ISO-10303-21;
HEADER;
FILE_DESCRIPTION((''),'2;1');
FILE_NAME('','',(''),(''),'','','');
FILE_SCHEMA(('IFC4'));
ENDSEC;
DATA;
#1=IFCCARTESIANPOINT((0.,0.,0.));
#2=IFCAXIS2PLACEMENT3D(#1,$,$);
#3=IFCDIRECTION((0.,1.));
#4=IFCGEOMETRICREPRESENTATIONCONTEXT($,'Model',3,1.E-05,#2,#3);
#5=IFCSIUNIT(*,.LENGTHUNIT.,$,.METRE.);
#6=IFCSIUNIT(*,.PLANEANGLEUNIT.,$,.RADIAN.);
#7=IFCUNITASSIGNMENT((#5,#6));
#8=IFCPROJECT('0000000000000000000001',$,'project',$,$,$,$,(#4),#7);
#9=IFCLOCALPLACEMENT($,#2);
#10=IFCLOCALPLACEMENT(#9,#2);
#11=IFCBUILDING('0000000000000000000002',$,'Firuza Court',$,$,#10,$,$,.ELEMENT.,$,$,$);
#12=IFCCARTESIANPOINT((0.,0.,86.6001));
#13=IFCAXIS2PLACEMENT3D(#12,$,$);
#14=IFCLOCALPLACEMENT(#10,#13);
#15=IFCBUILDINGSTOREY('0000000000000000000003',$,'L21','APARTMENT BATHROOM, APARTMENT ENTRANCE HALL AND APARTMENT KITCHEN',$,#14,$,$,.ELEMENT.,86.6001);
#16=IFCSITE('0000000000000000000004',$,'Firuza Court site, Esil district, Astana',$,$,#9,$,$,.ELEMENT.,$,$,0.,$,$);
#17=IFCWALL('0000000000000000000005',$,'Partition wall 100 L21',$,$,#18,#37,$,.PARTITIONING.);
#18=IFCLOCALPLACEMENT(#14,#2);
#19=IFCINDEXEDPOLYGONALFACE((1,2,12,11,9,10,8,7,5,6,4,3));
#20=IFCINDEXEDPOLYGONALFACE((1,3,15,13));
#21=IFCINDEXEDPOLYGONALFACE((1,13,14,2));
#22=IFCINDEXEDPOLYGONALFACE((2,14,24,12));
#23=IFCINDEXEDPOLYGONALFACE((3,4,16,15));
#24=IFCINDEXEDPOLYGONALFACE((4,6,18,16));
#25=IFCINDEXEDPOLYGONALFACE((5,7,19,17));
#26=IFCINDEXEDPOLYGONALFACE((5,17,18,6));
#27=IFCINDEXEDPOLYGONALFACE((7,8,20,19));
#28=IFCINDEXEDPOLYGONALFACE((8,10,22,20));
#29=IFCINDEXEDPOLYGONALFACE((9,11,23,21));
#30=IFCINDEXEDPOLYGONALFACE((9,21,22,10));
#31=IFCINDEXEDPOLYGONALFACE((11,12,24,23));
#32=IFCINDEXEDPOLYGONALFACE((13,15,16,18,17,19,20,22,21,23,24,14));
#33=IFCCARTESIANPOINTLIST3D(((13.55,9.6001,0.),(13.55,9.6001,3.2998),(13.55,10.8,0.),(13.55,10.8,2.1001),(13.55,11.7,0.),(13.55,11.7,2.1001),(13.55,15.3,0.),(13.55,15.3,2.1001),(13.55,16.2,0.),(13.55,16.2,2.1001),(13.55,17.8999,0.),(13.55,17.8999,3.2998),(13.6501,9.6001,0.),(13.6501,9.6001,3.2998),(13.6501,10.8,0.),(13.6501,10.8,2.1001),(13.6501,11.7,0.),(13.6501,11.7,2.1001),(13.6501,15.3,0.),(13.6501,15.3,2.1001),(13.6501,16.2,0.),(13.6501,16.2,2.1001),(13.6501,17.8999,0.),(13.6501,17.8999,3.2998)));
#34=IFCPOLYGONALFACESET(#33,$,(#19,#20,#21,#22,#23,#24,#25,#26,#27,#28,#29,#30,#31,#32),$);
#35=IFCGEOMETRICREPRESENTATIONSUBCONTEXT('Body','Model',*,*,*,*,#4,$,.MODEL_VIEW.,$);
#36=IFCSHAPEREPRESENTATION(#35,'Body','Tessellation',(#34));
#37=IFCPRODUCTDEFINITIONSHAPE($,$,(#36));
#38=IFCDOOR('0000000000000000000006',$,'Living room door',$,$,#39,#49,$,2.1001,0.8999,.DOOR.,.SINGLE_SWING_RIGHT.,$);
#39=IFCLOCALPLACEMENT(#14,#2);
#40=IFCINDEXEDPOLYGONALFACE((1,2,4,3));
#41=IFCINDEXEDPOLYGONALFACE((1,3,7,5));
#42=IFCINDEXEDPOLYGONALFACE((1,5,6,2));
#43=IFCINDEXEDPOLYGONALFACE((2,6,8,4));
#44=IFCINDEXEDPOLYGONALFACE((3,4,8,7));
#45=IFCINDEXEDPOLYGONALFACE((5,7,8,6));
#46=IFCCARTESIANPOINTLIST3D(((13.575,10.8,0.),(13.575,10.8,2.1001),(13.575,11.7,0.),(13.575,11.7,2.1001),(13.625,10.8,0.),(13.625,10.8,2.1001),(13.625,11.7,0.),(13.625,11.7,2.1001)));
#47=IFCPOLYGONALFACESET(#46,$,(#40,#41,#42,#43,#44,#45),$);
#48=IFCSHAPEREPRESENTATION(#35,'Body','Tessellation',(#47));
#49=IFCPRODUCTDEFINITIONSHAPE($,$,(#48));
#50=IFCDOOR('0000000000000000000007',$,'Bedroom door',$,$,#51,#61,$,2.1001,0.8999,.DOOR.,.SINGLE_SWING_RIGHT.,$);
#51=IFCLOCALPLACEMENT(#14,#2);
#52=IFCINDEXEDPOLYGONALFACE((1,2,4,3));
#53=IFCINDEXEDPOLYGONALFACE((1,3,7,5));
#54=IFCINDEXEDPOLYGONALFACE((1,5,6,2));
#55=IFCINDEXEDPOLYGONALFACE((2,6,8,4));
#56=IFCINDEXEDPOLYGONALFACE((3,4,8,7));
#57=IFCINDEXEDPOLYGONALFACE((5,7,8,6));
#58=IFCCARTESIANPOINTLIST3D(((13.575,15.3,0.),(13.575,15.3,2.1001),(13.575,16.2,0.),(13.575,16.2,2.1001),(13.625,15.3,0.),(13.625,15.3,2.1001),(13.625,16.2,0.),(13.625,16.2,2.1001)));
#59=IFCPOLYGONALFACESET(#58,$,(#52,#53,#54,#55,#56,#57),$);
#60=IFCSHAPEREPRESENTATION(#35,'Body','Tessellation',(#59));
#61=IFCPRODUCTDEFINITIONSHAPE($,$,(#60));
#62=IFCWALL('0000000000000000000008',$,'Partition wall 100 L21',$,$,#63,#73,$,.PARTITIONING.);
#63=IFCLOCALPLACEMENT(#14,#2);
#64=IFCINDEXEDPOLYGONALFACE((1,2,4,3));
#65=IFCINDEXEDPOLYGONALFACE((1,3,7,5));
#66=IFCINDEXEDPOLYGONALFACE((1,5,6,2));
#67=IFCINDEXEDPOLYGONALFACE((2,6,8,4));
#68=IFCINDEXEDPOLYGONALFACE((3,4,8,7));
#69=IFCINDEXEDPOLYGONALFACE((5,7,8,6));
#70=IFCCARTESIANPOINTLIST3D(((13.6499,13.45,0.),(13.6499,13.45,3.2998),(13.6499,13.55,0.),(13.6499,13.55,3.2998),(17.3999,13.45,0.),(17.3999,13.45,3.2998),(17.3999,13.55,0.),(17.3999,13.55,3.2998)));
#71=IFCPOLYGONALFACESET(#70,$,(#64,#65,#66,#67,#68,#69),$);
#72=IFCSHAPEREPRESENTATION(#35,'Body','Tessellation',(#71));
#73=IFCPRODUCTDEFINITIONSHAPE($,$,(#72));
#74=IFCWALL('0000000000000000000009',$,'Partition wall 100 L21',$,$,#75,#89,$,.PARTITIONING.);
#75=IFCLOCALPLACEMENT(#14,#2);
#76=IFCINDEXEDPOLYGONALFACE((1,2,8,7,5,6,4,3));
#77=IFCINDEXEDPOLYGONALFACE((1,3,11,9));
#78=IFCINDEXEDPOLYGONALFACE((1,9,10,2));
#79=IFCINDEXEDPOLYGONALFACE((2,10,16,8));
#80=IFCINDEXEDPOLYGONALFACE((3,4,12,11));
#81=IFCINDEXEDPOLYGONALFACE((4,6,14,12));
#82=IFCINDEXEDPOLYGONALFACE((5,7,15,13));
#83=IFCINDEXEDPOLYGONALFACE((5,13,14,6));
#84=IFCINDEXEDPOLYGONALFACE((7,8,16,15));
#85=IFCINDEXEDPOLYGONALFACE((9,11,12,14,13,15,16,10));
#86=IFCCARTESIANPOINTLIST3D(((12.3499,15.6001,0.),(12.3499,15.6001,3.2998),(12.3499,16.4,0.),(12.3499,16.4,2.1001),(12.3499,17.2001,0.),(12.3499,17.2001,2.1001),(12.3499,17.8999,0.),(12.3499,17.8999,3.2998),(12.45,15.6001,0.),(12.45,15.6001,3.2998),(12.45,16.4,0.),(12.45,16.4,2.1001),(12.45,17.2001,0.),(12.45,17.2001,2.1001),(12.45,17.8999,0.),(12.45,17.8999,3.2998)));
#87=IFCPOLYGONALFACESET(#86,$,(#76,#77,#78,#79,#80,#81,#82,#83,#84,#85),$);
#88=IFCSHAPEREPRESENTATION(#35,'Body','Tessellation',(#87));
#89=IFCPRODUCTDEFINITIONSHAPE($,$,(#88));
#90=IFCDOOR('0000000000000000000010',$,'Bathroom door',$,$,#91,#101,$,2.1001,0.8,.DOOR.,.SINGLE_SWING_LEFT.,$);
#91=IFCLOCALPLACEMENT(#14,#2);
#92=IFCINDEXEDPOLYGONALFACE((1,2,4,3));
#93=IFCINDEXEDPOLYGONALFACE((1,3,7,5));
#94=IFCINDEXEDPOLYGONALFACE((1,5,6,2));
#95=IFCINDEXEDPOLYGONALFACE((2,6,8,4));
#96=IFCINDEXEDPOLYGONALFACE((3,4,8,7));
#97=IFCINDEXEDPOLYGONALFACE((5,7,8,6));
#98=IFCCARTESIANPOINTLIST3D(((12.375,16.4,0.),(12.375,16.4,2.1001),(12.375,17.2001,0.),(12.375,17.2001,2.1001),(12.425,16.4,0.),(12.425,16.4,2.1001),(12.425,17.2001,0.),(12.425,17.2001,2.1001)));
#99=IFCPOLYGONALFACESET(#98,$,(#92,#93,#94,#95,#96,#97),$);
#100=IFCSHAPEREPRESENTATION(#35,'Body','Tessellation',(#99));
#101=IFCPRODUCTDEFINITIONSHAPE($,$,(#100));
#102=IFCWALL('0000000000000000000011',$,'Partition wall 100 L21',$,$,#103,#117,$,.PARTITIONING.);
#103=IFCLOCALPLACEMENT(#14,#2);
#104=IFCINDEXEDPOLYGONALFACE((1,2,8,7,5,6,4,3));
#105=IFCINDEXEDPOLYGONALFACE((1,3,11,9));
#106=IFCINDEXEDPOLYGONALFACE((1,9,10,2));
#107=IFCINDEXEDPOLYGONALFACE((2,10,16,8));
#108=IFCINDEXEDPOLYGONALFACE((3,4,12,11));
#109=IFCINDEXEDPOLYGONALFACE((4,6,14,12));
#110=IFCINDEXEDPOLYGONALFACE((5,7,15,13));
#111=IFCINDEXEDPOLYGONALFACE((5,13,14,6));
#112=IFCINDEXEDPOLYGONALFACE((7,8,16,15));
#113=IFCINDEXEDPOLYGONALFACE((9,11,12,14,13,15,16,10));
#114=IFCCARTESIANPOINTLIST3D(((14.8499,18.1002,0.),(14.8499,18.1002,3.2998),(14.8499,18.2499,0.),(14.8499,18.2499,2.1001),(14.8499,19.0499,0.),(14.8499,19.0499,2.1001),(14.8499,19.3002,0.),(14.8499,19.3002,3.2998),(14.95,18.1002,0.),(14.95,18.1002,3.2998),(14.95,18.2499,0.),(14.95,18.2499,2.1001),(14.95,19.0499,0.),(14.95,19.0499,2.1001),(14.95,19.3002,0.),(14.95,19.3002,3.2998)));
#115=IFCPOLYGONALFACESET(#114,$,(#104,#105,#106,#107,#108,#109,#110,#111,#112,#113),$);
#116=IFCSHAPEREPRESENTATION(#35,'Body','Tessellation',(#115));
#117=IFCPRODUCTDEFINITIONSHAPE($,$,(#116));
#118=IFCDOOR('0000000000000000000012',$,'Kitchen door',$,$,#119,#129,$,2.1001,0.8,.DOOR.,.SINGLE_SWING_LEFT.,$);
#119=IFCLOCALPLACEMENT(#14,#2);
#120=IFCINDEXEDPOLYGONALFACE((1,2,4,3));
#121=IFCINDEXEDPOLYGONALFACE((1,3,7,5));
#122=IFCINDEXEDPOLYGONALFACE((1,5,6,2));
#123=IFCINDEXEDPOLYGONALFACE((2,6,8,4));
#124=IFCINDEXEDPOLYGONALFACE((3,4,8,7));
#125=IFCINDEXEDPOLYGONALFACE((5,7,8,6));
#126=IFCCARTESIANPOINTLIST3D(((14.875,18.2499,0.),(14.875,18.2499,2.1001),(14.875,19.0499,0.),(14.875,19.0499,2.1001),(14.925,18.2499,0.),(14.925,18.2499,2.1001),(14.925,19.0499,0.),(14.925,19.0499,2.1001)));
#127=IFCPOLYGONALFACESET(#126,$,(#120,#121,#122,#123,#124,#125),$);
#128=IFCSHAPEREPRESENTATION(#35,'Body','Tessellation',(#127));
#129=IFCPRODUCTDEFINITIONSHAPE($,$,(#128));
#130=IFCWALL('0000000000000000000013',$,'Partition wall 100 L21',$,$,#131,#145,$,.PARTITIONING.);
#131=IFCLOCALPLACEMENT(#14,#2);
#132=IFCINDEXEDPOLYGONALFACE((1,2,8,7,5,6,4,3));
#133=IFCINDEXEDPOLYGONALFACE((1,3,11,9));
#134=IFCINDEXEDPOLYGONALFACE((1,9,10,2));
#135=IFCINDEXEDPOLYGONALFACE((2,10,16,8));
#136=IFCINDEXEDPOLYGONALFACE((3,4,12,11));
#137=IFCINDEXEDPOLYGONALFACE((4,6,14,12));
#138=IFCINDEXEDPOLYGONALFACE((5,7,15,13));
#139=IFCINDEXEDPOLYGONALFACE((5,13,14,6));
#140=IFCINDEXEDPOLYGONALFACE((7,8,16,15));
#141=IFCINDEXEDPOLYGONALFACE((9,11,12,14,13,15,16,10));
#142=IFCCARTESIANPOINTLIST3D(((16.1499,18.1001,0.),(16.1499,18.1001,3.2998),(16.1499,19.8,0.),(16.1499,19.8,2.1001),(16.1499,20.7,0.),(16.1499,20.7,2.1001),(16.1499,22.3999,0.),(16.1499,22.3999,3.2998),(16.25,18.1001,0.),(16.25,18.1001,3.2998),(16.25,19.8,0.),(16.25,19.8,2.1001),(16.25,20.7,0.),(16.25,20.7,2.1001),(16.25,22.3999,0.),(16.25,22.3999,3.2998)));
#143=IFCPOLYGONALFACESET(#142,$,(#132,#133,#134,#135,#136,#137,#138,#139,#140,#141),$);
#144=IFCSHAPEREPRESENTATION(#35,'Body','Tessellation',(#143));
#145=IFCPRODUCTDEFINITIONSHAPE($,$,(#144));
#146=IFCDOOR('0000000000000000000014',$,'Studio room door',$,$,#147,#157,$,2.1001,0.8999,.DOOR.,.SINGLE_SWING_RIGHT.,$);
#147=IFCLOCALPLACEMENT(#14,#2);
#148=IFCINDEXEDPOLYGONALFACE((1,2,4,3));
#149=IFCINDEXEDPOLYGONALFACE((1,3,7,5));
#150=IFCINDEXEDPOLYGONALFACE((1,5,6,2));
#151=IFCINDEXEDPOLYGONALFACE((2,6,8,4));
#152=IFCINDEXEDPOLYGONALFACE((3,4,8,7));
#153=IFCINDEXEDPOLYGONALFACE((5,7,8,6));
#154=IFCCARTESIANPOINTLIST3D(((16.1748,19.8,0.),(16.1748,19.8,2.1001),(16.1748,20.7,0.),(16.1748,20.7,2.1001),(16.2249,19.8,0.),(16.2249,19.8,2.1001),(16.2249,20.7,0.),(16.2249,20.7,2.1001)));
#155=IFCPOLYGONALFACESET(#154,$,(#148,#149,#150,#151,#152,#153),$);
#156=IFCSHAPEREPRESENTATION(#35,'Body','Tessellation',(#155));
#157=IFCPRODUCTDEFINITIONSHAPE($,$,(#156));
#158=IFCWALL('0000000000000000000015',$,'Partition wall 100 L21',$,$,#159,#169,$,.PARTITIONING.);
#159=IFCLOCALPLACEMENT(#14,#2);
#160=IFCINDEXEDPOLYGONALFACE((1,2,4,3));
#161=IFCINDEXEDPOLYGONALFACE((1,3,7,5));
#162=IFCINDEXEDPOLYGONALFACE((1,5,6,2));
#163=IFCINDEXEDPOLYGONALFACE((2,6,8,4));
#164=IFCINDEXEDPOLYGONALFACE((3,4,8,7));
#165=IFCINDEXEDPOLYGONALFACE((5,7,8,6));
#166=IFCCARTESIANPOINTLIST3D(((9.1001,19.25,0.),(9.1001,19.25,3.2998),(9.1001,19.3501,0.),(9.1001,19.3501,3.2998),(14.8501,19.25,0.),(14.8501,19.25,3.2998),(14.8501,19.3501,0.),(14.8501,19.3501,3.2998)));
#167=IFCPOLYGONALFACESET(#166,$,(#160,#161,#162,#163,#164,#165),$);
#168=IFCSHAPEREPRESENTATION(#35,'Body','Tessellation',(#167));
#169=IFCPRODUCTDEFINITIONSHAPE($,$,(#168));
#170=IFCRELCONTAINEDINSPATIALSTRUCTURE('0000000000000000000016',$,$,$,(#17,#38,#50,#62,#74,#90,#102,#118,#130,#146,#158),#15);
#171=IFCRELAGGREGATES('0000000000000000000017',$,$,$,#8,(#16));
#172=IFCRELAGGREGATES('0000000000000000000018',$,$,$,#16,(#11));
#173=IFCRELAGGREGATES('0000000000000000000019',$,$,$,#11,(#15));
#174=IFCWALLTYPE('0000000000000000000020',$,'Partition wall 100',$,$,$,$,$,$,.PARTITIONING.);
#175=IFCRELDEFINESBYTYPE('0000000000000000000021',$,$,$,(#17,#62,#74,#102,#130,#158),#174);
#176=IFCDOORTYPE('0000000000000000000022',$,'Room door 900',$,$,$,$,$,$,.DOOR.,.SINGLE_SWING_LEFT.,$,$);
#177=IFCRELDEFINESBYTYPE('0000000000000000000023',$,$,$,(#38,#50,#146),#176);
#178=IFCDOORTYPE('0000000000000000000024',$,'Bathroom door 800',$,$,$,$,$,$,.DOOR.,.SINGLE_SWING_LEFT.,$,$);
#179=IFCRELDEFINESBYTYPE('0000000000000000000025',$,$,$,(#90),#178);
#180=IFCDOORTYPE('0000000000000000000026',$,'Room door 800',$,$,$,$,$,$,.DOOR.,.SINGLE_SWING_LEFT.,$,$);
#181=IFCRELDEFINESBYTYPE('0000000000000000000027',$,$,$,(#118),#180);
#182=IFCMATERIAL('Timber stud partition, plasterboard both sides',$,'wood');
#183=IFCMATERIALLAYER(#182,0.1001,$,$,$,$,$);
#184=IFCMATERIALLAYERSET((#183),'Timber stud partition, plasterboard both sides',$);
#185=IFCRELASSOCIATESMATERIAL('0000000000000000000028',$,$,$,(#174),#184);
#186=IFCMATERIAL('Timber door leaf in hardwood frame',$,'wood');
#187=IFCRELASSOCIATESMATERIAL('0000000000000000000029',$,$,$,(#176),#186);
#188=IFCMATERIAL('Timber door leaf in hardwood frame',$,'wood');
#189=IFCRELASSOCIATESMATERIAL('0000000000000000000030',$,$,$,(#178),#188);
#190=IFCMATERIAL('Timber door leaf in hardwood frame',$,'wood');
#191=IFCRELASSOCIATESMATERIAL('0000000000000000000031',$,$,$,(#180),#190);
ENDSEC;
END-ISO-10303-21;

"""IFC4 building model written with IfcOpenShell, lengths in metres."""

from ifc_helpers import new_model, si_unit, direction, frame, frame_2d, origin, place, context, subcontext, project, spatial, rectangle, extrude, material, layer, layer_set, type_object, element, fill, save


model = new_model("IFC4")

# Units and contexts
model_context = context("Model", 3, precision=1e-05, world=origin(), true_north=direction((0.0, 1.0)))
body_context = subcontext(model_context, "Body", "Model", "MODEL_VIEW")
ifc_project = project(units=[si_unit("LENGTHUNIT", "METRE"), si_unit("PLANEANGLEUNIT", "RADIAN")], contexts=[model_context])

# Site, building, storey
site_placement = place(None, origin())
site = spatial("IfcSite", under=ifc_project, at=site_placement, Name="Firuza Court site, Esil district, Astana", CompositionType="ELEMENT", RefElevation=0.0)
building_placement = place(site_placement, origin())
building = spatial("IfcBuilding", under=site, at=building_placement, Name="Firuza Court", CompositionType="ELEMENT")
storey_placement = place(building_placement, frame((0.0, 0.0, 86.6001)))
storey = spatial("IfcBuildingStorey", under=building, at=storey_placement, Name="L21", Description="APARTMENT BATHROOM, APARTMENT ENTRANCE HALL AND APARTMENT KITCHEN", CompositionType="ELEMENT", Elevation=86.6001)

# Shared definitions
ifc_material_1 = material(Name="Timber stud partition, plasterboard both sides", Category="wood")
ifc_layer_1 = layer(ifc_material_1, 0.1001)
ifc_layer_set_1 = layer_set([ifc_layer_1], Name="Timber stud partition, plasterboard both sides")
wall_type_1 = type_object("IfcWallType", Name="Partition wall 100", PredefinedType="PARTITIONING", material=ifc_layer_set_1)
ifc_material_2 = material(Name="Timber door leaf in hardwood frame", Category="wood")
door_type_1 = type_object("IfcDoorType", Name="Room door 900", OperationType="SINGLE_SWING_LEFT", PredefinedType="DOOR", material=ifc_material_2)

# Wall, openings, doors
wall_1_placement = place(storey_placement, frame((13.6001, 9.6001, 0.0), z_axis=(0.0, 0.0, 1.0), x_axis=(0.0, 1.0, 0.0)))
wall_1 = element("IfcWall", 1, at=wall_1_placement, inside=storey, type_object=wall_type_1, Name="Partition wall 100 L21", PredefinedType="PARTITIONING", context=body_context, shape_type="SweptSolid", body=[
    extrude(rectangle(XDim=8.2998, YDim=0.1001, at=frame_2d((4.1499, 0.0))), origin(), (0.0, 0.0, 1.0), 3.2998),
])
opening_1_placement = place(wall_1_placement, frame((1.2, 0.0, 0.0)))
opening_1 = element("IfcOpeningElement", 2, at=opening_1_placement, cuts=wall_1, PredefinedType="OPENING", context=body_context, shape_type="SweptSolid", body=[
    extrude(rectangle(XDim=0.8999, YDim=2.1001, at=frame_2d((0.45, 1.05))), frame((0.0, 0.062, 0.0), z_axis=(0.0, -1.0, 0.0), x_axis=(1.0, 0.0, 0.0)), (0.0, 0.0, 1.0), 0.124),
])
opening_2_placement = place(wall_1_placement, frame((5.7, 0.0, 0.0)))
opening_2 = element("IfcOpeningElement", 3, at=opening_2_placement, cuts=wall_1, PredefinedType="OPENING", context=body_context, shape_type="SweptSolid", body=[
    extrude(rectangle(XDim=0.8999, YDim=2.1001, at=frame_2d((0.45, 1.05))), frame((0.0, 0.062, 0.0), z_axis=(0.0, -1.0, 0.0), x_axis=(1.0, 0.0, 0.0)), (0.0, 0.0, 1.0), 0.124),
])
door_1_placement = place(opening_1_placement, frame((0.8999, 0.0, 0.0), z_axis=(0.0, 0.0, 1.0), x_axis=(-1.0, 0.0, 0.0)))
door_1 = element("IfcDoor", 4, at=door_1_placement, inside=storey, type_object=door_type_1, Name="Living room door", OperationType="SINGLE_SWING_RIGHT", OverallHeight=2.1001, OverallWidth=0.8999, PredefinedType="DOOR", context=body_context, shape_type="SweptSolid", body=[
    extrude(rectangle(XDim=0.8999, YDim=2.1001, at=frame_2d((0.45, 1.05))), frame((0.0, 0.0249, 0.0), z_axis=(0.0, -1.0, 0.0), x_axis=(1.0, 0.0, 0.0)), (0.0, 0.0, 1.0), 0.05),
])
fill(opening_1, door_1)
door_2_placement = place(opening_2_placement, frame((0.8999, 0.0, 0.0), z_axis=(0.0, 0.0, 1.0), x_axis=(-1.0, 0.0, 0.0)))
door_2 = element("IfcDoor", 5, at=door_2_placement, inside=storey, type_object=door_type_1, Name="Bedroom door", OperationType="SINGLE_SWING_RIGHT", OverallHeight=2.1001, OverallWidth=0.8999, PredefinedType="DOOR", context=body_context, shape_type="SweptSolid", body=[
    extrude(rectangle(XDim=0.8999, YDim=2.1001, at=frame_2d((0.45, 1.05))), frame((0.0, 0.0249, 0.0), z_axis=(0.0, -1.0, 0.0), x_axis=(1.0, 0.0, 0.0)), (0.0, 0.0, 1.0), 0.05),
])
fill(opening_2, door_2)

# Wall
wall_2_placement = place(storey_placement, frame((13.6499, 13.5, 0.0), z_axis=(0.0, 0.0, 1.0), x_axis=(1.0, 0.0, 0.0)))
element("IfcWall", 6, at=wall_2_placement, inside=storey, type_object=wall_type_1, Name="Partition wall 100 L21", PredefinedType="PARTITIONING", context=body_context, shape_type="SweptSolid", body=[
    extrude(rectangle(XDim=3.75, YDim=0.1001, at=frame_2d((1.875, 0.0))), origin(), (0.0, 0.0, 1.0), 3.2998),
])

# Walls, openings, doors
wall_3_placement = place(storey_placement, frame((12.3999, 15.6001, 0.0), z_axis=(0.0, 0.0, 1.0), x_axis=(0.0, 1.0, 0.0)))
wall_3 = element("IfcWall", 7, at=wall_3_placement, inside=storey, type_object=wall_type_1, Name="Partition wall 100 L21", PredefinedType="PARTITIONING", context=body_context, shape_type="SweptSolid", body=[
    extrude(rectangle(XDim=2.2998, YDim=0.1001, at=frame_2d((1.1499, 0.0))), origin(), (0.0, 0.0, 1.0), 3.2998),
])
opening_3_placement = place(wall_3_placement, frame((0.8, 0.0, 0.0)))
opening_3 = element("IfcOpeningElement", 8, at=opening_3_placement, cuts=wall_3, PredefinedType="OPENING", context=body_context, shape_type="SweptSolid", body=[
    extrude(rectangle(XDim=0.8, YDim=2.1001, at=frame_2d((0.3999, 1.05))), frame((0.0, 0.062, 0.0), z_axis=(0.0, -1.0, 0.0), x_axis=(1.0, 0.0, 0.0)), (0.0, 0.0, 1.0), 0.124),
])
ifc_material_3 = material(Name="Timber door leaf in hardwood frame", Category="wood")
door_type_2 = type_object("IfcDoorType", Name="Bathroom door 800", OperationType="SINGLE_SWING_LEFT", PredefinedType="DOOR", material=ifc_material_3)
door_3_placement = place(opening_3_placement, origin())
door_3 = element("IfcDoor", 9, at=door_3_placement, inside=storey, type_object=door_type_2, Name="Bathroom door", OperationType="SINGLE_SWING_LEFT", OverallHeight=2.1001, OverallWidth=0.8, PredefinedType="DOOR", context=body_context, shape_type="SweptSolid", body=[
    extrude(rectangle(XDim=0.8, YDim=2.1001, at=frame_2d((0.3999, 1.05))), frame((0.0, 0.0249, 0.0), z_axis=(0.0, -1.0, 0.0), x_axis=(1.0, 0.0, 0.0)), (0.0, 0.0, 1.0), 0.05),
])
fill(opening_3, door_3)
wall_4_placement = place(storey_placement, frame((14.8999, 18.1001, 0.0), z_axis=(0.0, 0.0, 1.0), x_axis=(0.0, 1.0, 0.0)))
wall_4 = element("IfcWall", 10, at=wall_4_placement, inside=storey, type_object=wall_type_1, Name="Partition wall 100 L21", PredefinedType="PARTITIONING", context=body_context, shape_type="SweptSolid", body=[
    extrude(rectangle(XDim=1.2, YDim=0.1001, at=frame_2d((0.6001, 0.0))), origin(), (0.0, 0.0, 1.0), 3.2998),
])
opening_4_placement = place(wall_4_placement, frame((0.1499, 0.0, 0.0)))
opening_4 = element("IfcOpeningElement", 11, at=opening_4_placement, cuts=wall_4, PredefinedType="OPENING", context=body_context, shape_type="SweptSolid", body=[
    extrude(rectangle(XDim=0.8, YDim=2.1001, at=frame_2d((0.3999, 1.05))), frame((0.0, 0.062, 0.0), z_axis=(0.0, -1.0, 0.0), x_axis=(1.0, 0.0, 0.0)), (0.0, 0.0, 1.0), 0.124),
])
ifc_material_4 = material(Name="Timber door leaf in hardwood frame", Category="wood")
door_type_3 = type_object("IfcDoorType", Name="Room door 800", OperationType="SINGLE_SWING_LEFT", PredefinedType="DOOR", material=ifc_material_4)
door_4_placement = place(opening_4_placement, origin())
door_4 = element("IfcDoor", 12, at=door_4_placement, inside=storey, type_object=door_type_3, Name="Kitchen door", OperationType="SINGLE_SWING_LEFT", OverallHeight=2.1001, OverallWidth=0.8, PredefinedType="DOOR", context=body_context, shape_type="SweptSolid", body=[
    extrude(rectangle(XDim=0.8, YDim=2.1001, at=frame_2d((0.3999, 1.05))), frame((0.0, 0.0249, 0.0), z_axis=(0.0, -1.0, 0.0), x_axis=(1.0, 0.0, 0.0)), (0.0, 0.0, 1.0), 0.05),
])
fill(opening_4, door_4)
wall_5_placement = place(storey_placement, frame((16.2, 18.1001, 0.0), z_axis=(0.0, 0.0, 1.0), x_axis=(0.0, 1.0, 0.0)))
wall_5 = element("IfcWall", 13, at=wall_5_placement, inside=storey, type_object=wall_type_1, Name="Partition wall 100 L21", PredefinedType="PARTITIONING", context=body_context, shape_type="SweptSolid", body=[
    extrude(rectangle(XDim=4.2998, YDim=0.1001, at=frame_2d((2.1499, 0.0))), origin(), (0.0, 0.0, 1.0), 3.2998),
])
opening_5_placement = place(wall_5_placement, frame((1.7, 0.0, 0.0)))
opening_5 = element("IfcOpeningElement", 14, at=opening_5_placement, cuts=wall_5, PredefinedType="OPENING", context=body_context, shape_type="SweptSolid", body=[
    extrude(rectangle(XDim=0.8999, YDim=2.1001, at=frame_2d((0.45, 1.05))), frame((0.0, 0.062, 0.0), z_axis=(0.0, -1.0, 0.0), x_axis=(1.0, 0.0, 0.0)), (0.0, 0.0, 1.0), 0.124),
])
door_5_placement = place(opening_5_placement, frame((0.8999, 0.0, 0.0), z_axis=(0.0, 0.0, 1.0), x_axis=(-1.0, 0.0, 0.0)))
door_5 = element("IfcDoor", 15, at=door_5_placement, inside=storey, type_object=door_type_1, Name="Studio room door", OperationType="SINGLE_SWING_RIGHT", OverallHeight=2.1001, OverallWidth=0.8999, PredefinedType="DOOR", context=body_context, shape_type="SweptSolid", body=[
    extrude(rectangle(XDim=0.8999, YDim=2.1001, at=frame_2d((0.45, 1.05))), frame((0.0, 0.0249, 0.0), z_axis=(0.0, -1.0, 0.0), x_axis=(1.0, 0.0, 0.0)), (0.0, 0.0, 1.0), 0.05),
])
fill(opening_5, door_5)

# Wall
wall_6_placement = place(storey_placement, frame((9.1001, 19.3, 0.0), z_axis=(0.0, 0.0, 1.0), x_axis=(1.0, 0.0, 0.0)))
element("IfcWall", 16, at=wall_6_placement, inside=storey, type_object=wall_type_1, Name="Partition wall 100 L21", PredefinedType="PARTITIONING", context=body_context, shape_type="SweptSolid", body=[
    extrude(rectangle(XDim=5.75, YDim=0.1001, at=frame_2d((2.875, 0.0))), origin(), (0.0, 0.0, 1.0), 3.2998),
])

save(model, "model.ifc")
